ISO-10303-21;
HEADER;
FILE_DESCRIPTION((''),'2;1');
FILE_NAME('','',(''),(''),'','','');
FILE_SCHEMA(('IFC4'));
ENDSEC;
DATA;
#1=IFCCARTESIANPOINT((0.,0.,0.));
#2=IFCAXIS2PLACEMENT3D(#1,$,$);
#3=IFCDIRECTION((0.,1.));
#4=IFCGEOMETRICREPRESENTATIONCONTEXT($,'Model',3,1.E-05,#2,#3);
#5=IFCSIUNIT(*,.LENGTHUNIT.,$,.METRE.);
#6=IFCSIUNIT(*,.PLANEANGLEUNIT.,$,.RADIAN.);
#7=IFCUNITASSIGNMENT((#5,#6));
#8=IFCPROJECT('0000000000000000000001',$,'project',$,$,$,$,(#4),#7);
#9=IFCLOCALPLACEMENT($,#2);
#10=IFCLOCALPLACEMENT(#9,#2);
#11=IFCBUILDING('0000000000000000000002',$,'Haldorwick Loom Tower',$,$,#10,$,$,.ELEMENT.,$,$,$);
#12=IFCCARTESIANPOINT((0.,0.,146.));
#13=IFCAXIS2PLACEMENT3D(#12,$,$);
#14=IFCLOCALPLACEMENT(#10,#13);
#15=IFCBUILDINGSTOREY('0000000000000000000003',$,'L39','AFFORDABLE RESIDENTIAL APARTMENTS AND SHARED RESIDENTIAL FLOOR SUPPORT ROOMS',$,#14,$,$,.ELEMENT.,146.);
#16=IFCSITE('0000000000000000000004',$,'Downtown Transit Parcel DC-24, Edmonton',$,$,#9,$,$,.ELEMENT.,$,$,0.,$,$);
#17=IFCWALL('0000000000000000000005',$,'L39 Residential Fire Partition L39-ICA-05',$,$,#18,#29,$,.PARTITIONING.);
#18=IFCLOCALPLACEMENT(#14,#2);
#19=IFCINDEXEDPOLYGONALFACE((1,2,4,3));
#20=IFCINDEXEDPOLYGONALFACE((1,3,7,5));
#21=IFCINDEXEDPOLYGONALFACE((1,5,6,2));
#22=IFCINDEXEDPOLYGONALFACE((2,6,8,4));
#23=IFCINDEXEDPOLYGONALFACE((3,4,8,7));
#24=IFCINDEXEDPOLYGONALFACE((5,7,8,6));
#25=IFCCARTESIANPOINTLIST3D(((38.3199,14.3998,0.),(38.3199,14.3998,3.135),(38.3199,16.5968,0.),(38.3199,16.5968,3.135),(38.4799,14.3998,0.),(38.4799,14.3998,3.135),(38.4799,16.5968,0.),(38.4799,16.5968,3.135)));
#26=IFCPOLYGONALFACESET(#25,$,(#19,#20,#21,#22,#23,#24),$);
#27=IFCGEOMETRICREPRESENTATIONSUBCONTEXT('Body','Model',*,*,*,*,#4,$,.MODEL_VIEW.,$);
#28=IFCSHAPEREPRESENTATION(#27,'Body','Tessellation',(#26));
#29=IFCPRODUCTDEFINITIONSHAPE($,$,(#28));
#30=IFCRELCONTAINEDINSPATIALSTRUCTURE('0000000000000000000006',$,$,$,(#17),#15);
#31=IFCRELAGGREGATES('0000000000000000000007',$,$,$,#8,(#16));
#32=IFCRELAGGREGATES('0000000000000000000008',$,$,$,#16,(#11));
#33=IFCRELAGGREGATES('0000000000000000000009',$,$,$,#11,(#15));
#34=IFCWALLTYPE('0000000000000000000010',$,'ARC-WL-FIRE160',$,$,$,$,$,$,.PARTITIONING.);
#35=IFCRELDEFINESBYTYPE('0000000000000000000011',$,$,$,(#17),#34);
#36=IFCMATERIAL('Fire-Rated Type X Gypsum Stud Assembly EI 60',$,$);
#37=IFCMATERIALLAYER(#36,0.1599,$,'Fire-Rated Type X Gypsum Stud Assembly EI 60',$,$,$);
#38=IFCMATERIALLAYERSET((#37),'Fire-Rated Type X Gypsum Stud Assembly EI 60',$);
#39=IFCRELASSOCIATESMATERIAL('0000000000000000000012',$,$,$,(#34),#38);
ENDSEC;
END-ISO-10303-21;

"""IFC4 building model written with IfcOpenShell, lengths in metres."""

from ifc_helpers import new_model, si_unit, direction, frame, frame_2d, origin, place, context, subcontext, project, spatial, rectangle, extrude, material, layer, layer_set, type_object, element, save


model = new_model("IFC4")

# Units and contexts
model_context = context("Model", 3, precision=1e-05, world=origin(), true_north=direction((0.0, 1.0)))
body_context = subcontext(model_context, "Body", "Model", "MODEL_VIEW")
ifc_project = project(units=[si_unit("LENGTHUNIT", "METRE"), si_unit("PLANEANGLEUNIT", "RADIAN")], contexts=[model_context])

# Site, building, storey
site_placement = place(None, origin())
site = spatial("IfcSite", under=ifc_project, at=site_placement, Name="Downtown Transit Parcel DC-24, Edmonton", CompositionType="ELEMENT", RefElevation=0.0)
building_placement = place(site_placement, origin())
building = spatial("IfcBuilding", under=site, at=building_placement, Name="Haldorwick Loom Tower", CompositionType="ELEMENT")
storey_placement = place(building_placement, frame((0.0, 0.0, 146.0)))
storey = spatial("IfcBuildingStorey", under=building, at=storey_placement, Name="L39", Description="AFFORDABLE RESIDENTIAL APARTMENTS AND SHARED RESIDENTIAL FLOOR SUPPORT ROOMS", CompositionType="ELEMENT", Elevation=146.0)

# Wall
ifc_material_1 = material(Name="Fire-Rated Type X Gypsum Stud Assembly EI 60")
ifc_layer_1 = layer(ifc_material_1, 0.1599, Name="Fire-Rated Type X Gypsum Stud Assembly EI 60")
ifc_layer_set_1 = layer_set([ifc_layer_1], Name="Fire-Rated Type X Gypsum Stud Assembly EI 60")
wall_type_1 = type_object("IfcWallType", Name="ARC-WL-FIRE160", PredefinedType="PARTITIONING", material=ifc_layer_set_1)
wall_1_placement = place(storey_placement, frame((38.3999, 16.5969, 0.0), z_axis=(0.0, 0.0, 1.0), x_axis=(0.0, -1.0, 0.0)))
element("IfcWall", 1, at=wall_1_placement, inside=storey, type_object=wall_type_1, Name="L39 Residential Fire Partition L39-ICA-05", PredefinedType="PARTITIONING", context=body_context, shape_type="SweptSolid", body=[
    extrude(rectangle(XDim=2.197, YDim=0.1599, at=frame_2d((1.0986, 0.0))), origin(), (0.0, 0.0, 1.0), 3.135),
])

save(model, "model.ifc")
